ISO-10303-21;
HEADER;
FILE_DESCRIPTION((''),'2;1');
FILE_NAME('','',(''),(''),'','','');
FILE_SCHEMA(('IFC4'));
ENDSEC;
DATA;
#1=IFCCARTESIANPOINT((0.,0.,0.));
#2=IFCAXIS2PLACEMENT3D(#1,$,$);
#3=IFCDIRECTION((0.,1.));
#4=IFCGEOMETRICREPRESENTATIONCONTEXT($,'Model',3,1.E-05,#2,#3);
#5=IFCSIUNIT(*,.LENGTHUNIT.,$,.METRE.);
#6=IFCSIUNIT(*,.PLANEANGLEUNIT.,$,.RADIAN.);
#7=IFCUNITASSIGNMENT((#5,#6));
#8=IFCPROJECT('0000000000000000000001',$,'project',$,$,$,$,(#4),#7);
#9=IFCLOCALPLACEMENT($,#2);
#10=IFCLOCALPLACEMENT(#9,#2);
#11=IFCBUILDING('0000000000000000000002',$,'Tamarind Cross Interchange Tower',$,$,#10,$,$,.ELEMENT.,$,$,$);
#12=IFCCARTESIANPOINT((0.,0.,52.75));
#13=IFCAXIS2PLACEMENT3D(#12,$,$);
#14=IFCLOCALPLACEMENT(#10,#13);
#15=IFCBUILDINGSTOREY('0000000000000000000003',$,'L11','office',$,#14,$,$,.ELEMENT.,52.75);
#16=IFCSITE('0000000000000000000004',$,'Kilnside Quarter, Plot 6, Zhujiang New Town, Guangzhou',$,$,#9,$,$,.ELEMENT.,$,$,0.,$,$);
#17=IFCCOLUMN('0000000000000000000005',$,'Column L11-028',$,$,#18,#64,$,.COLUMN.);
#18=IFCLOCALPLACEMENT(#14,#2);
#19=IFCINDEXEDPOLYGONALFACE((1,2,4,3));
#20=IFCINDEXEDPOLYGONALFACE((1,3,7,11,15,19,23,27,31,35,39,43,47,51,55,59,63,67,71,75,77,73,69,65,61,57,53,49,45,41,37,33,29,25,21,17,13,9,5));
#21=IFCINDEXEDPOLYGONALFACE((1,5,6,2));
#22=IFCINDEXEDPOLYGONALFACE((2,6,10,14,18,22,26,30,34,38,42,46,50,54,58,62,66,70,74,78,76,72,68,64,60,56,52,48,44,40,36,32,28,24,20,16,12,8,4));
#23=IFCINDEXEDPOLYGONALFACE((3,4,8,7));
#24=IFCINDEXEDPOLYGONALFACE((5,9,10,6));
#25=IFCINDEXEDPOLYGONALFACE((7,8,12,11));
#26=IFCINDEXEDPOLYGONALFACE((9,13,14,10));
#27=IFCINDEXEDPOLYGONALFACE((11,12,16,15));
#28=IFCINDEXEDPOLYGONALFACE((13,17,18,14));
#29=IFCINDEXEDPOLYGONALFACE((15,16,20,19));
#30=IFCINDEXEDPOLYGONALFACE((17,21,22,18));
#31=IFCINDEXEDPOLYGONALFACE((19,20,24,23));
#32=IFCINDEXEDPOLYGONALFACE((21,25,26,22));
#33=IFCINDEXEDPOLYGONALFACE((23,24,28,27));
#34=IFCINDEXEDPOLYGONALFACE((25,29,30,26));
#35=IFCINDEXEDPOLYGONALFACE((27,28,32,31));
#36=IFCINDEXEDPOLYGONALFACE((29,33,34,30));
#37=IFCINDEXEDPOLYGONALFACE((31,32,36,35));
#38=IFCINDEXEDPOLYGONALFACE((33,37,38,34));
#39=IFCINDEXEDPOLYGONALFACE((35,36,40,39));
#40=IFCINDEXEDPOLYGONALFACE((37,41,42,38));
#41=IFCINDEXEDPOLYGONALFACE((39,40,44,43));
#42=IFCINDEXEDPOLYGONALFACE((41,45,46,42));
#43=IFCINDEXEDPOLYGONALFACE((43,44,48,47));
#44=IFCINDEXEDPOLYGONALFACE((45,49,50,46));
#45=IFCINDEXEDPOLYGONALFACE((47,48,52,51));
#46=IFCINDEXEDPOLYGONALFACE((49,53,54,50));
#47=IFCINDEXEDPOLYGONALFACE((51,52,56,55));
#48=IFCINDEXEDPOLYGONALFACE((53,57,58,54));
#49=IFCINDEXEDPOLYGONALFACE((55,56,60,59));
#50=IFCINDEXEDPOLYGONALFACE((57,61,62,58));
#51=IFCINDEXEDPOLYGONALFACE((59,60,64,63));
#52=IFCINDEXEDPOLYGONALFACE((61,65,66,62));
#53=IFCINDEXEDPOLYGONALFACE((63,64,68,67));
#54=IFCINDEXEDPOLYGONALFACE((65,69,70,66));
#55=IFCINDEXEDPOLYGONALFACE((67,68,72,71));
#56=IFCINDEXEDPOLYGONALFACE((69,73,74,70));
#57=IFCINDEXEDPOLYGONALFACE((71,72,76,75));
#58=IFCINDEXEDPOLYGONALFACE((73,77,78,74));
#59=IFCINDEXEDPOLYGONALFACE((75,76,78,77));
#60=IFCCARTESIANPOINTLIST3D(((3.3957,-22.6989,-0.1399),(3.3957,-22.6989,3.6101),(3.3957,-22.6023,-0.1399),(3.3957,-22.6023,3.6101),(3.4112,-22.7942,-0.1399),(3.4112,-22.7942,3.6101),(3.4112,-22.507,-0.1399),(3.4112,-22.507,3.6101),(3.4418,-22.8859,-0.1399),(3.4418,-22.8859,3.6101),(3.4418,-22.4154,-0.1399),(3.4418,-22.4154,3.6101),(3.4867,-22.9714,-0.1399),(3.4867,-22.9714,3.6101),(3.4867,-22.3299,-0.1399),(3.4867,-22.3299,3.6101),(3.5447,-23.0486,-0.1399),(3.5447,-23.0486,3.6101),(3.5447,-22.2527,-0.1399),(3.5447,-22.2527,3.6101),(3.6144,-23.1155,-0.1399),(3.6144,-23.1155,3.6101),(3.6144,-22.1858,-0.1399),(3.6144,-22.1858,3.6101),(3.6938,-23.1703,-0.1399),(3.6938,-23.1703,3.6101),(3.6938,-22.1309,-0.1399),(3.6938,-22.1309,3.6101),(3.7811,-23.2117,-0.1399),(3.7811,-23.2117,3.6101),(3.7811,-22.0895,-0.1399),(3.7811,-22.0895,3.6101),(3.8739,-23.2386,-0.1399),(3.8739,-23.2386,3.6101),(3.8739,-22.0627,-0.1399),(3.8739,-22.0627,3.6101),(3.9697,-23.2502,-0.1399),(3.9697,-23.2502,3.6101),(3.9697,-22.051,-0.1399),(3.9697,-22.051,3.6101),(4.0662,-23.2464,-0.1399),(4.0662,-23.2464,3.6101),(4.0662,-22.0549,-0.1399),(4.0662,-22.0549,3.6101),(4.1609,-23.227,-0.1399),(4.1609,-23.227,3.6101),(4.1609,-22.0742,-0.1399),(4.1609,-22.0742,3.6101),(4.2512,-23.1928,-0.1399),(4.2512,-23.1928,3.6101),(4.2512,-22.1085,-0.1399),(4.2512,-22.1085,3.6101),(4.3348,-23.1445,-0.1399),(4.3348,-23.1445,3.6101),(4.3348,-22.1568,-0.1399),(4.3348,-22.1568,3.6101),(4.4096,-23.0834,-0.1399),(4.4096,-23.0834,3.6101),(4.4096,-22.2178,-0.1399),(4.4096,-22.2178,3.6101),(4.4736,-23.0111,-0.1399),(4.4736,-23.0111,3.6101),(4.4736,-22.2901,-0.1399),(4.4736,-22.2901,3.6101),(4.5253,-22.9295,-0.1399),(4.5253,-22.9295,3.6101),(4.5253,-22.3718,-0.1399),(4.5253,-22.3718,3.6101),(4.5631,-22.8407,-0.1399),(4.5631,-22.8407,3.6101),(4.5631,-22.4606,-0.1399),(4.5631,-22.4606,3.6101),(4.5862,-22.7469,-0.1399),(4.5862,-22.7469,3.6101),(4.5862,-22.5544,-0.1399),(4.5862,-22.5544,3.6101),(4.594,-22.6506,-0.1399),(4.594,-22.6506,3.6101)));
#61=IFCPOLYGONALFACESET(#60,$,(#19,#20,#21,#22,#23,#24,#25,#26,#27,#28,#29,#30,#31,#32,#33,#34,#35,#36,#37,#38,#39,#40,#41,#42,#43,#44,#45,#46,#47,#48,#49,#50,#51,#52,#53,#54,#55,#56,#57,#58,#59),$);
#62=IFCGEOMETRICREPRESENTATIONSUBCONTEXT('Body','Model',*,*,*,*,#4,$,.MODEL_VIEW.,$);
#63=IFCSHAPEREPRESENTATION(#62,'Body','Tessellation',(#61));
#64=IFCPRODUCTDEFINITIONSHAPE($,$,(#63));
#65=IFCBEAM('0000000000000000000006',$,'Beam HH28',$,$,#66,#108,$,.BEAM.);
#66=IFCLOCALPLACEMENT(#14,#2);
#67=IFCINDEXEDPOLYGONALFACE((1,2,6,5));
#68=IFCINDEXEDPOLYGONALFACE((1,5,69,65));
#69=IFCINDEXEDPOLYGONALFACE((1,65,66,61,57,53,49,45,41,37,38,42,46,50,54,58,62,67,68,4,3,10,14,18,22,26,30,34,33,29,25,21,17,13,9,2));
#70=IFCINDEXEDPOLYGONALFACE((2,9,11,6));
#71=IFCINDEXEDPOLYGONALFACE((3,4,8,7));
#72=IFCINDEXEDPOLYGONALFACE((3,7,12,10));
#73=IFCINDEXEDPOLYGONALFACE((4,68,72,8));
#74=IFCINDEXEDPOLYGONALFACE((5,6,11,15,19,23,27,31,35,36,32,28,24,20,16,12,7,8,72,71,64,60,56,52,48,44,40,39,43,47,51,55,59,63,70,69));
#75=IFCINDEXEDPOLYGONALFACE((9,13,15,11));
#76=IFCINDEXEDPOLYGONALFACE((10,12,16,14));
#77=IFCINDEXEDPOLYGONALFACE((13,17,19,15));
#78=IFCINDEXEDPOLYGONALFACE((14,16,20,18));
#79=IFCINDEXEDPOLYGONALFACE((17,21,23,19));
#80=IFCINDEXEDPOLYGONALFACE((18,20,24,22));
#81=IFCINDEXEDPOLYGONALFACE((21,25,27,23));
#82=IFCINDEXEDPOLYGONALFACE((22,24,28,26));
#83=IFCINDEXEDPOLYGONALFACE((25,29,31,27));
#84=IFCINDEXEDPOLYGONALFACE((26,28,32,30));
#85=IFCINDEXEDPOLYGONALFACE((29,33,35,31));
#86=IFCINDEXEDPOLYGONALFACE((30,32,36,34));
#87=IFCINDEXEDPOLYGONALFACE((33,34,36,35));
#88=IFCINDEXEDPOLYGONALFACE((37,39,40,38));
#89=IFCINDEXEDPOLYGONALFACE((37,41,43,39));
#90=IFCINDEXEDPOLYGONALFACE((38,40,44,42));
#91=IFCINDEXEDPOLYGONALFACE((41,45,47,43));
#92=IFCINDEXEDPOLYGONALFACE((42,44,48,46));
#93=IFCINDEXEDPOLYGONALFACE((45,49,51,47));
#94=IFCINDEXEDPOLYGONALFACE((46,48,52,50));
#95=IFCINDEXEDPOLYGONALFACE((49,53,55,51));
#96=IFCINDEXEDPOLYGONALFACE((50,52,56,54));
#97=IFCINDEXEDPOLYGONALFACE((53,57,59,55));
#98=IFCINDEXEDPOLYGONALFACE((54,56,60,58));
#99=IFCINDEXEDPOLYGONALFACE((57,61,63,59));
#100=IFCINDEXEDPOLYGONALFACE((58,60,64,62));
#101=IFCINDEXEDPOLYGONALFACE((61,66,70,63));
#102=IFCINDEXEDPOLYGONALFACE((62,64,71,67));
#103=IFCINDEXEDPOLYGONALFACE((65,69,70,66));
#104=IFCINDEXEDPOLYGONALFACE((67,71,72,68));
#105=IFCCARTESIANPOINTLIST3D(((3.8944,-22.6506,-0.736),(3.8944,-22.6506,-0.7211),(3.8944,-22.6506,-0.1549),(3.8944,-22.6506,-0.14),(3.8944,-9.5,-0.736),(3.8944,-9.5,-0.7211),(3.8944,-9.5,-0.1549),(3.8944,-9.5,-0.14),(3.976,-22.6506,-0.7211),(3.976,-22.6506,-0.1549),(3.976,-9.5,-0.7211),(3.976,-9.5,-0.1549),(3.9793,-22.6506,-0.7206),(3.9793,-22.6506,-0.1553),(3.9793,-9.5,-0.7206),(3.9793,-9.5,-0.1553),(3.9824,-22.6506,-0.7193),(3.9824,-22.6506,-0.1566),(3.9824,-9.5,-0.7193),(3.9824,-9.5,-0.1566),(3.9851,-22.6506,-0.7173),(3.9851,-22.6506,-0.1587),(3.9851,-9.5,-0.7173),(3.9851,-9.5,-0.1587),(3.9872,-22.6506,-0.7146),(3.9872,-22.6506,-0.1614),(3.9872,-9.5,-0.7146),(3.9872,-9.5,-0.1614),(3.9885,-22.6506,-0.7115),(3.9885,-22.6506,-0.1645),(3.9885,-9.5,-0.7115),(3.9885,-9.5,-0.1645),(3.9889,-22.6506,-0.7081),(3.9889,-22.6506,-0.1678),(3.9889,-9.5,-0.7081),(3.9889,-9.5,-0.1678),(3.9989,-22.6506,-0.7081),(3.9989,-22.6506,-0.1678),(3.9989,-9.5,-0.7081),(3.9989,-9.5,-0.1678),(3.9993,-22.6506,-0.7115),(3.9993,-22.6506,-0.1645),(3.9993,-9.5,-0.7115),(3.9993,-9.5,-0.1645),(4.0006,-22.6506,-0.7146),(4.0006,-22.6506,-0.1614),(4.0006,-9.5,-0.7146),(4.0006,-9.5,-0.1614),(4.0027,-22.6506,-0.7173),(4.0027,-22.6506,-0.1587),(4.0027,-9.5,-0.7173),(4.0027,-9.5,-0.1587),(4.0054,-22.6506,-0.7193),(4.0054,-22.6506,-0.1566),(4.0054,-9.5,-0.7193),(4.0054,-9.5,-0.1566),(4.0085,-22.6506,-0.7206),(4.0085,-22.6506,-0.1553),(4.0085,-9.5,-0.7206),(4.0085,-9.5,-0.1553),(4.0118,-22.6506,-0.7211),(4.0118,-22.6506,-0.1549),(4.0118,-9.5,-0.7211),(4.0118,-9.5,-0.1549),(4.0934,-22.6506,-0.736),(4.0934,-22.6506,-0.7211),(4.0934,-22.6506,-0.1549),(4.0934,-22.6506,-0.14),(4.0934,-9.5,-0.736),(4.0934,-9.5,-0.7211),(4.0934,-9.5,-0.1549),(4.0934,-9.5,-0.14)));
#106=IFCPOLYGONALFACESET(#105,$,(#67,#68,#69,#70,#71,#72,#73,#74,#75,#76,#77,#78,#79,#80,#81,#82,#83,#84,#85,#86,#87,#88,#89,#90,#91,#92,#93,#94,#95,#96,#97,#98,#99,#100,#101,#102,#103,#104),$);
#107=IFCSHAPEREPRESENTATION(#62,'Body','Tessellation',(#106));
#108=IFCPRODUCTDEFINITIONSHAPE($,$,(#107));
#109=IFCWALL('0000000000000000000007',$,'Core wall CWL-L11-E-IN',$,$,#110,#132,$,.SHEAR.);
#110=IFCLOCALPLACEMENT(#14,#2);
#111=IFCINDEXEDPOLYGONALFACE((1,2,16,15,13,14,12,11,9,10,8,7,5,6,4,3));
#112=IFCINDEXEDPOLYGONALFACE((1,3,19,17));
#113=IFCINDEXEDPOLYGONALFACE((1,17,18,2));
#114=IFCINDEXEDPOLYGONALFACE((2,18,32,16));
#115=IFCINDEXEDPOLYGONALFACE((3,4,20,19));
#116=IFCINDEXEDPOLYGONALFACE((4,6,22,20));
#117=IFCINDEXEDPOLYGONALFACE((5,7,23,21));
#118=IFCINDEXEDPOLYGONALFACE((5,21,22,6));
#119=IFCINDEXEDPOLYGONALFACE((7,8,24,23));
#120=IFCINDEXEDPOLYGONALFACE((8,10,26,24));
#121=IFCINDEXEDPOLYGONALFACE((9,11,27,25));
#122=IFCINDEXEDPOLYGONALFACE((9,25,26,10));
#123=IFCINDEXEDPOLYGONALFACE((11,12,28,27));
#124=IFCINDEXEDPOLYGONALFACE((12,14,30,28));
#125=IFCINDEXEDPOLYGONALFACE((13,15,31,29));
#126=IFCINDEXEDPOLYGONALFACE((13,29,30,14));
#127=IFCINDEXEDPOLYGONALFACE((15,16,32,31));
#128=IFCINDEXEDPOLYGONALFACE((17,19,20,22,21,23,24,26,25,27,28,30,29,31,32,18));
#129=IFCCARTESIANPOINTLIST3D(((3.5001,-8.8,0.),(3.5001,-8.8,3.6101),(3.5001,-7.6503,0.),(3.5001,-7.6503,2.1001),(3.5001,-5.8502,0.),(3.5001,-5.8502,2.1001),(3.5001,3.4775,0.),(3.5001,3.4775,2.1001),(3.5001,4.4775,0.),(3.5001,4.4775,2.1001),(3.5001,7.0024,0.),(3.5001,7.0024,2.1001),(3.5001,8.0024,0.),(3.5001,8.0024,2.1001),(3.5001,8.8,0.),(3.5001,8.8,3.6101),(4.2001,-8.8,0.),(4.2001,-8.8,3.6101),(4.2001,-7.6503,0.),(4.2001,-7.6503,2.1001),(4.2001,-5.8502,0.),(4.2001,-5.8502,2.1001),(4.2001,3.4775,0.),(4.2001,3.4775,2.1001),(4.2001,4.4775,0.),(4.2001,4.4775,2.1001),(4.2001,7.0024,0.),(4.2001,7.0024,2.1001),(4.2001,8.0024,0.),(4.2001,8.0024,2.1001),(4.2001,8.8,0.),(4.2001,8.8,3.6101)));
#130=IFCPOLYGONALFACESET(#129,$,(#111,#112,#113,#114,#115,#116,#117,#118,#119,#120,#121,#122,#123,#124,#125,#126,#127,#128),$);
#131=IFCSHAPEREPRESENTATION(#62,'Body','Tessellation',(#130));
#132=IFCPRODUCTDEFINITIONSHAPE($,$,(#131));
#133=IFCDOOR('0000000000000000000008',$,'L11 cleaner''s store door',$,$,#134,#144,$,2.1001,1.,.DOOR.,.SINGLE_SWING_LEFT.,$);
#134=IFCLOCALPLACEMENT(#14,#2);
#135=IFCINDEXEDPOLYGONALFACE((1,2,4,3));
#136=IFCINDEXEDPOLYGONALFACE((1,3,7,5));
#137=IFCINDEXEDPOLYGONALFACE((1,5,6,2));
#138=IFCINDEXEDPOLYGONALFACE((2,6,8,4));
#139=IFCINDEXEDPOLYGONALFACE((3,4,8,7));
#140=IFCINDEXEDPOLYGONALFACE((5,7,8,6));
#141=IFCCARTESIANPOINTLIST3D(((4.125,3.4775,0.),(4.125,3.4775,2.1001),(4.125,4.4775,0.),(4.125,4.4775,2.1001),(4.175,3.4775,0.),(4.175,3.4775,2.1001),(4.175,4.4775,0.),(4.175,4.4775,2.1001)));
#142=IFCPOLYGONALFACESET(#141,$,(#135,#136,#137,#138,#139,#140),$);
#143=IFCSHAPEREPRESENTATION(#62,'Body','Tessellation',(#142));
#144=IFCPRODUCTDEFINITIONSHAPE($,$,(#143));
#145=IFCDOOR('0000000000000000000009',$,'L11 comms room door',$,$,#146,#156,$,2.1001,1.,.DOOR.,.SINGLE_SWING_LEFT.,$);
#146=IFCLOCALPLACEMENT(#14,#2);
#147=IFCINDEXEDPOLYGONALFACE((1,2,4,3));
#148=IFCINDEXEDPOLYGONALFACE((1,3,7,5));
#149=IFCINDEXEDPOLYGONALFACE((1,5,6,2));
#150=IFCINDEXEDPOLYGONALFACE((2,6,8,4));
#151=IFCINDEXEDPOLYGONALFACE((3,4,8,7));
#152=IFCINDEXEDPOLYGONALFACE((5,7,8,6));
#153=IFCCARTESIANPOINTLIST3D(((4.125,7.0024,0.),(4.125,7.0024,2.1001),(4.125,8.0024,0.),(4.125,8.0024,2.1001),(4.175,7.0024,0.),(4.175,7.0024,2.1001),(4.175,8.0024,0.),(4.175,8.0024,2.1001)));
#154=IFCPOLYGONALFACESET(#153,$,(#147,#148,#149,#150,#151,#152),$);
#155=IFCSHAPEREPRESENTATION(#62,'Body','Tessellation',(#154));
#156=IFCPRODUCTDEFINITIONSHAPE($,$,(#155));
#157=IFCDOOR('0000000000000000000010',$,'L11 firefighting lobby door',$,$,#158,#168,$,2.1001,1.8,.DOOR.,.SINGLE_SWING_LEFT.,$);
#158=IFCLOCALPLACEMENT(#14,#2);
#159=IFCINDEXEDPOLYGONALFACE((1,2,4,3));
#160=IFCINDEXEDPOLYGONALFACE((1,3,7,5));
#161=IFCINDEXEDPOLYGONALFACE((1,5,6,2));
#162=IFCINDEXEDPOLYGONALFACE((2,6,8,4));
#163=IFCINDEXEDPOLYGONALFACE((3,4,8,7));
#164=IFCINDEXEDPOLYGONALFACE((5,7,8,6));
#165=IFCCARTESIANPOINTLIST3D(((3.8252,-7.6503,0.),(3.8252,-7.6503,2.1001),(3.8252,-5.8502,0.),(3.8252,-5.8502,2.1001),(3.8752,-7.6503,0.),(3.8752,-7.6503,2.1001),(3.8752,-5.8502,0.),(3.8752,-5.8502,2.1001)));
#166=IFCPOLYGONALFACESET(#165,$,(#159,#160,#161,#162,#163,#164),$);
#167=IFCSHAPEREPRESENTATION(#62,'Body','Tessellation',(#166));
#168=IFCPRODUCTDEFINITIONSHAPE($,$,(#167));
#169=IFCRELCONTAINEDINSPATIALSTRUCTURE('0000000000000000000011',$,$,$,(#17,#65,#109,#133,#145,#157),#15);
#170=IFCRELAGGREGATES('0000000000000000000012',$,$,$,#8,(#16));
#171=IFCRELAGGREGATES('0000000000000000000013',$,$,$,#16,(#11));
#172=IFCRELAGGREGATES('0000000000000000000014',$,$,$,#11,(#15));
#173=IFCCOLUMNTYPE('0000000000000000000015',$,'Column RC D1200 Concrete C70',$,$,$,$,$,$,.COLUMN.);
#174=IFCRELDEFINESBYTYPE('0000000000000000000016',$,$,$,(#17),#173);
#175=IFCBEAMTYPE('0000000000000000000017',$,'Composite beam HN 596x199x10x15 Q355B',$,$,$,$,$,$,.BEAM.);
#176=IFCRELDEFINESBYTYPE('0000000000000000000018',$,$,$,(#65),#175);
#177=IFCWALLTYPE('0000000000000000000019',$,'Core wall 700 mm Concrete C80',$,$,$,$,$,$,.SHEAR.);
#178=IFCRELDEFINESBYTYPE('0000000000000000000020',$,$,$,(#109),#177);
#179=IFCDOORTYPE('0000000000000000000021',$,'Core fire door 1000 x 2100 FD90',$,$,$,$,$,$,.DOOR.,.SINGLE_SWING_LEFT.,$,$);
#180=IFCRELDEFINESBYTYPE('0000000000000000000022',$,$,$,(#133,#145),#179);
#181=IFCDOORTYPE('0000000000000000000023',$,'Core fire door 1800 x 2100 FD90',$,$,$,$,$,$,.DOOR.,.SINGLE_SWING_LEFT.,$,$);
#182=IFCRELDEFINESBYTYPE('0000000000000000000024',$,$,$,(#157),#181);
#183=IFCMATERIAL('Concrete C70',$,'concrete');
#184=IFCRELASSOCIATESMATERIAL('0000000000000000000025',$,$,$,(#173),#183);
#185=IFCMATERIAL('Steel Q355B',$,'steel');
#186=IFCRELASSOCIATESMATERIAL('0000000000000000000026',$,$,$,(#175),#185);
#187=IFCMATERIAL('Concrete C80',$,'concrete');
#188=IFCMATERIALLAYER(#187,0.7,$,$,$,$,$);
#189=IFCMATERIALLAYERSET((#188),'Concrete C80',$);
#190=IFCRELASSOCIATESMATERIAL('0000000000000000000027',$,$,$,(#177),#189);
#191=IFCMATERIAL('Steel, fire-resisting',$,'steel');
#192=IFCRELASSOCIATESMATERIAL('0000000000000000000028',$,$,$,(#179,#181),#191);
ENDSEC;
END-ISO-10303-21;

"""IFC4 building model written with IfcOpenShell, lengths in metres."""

from ifc_helpers import new_model, si_unit, direction, frame, frame_2d, origin, origin_2d, place, context, subcontext, project, spatial, rectangle, circle, i_section, extrude, material, layer, layer_set, material_profile, profile_set, type_object, element, fill, save


model = new_model("IFC4")

# Units and contexts
model_context = context("Model", 3, precision=1e-05, world=origin(), true_north=direction((0.0, 1.0)))
body_context = subcontext(model_context, "Body", "Model", "MODEL_VIEW")
ifc_project = project(units=[si_unit("LENGTHUNIT", "METRE"), si_unit("PLANEANGLEUNIT", "RADIAN")], contexts=[model_context])

# Site, building, storey
site_placement = place(None, origin())
site = spatial("IfcSite", under=ifc_project, at=site_placement, Name="Kilnside Quarter, Plot 6, Zhujiang New Town, Guangzhou", CompositionType="ELEMENT", RefElevation=0.0)
building_placement = place(site_placement, origin())
building = spatial("IfcBuilding", under=site, at=building_placement, Name="Tamarind Cross Interchange Tower", CompositionType="ELEMENT")
storey_placement = place(building_placement, frame((0.0, 0.0, 52.75)))
storey = spatial("IfcBuildingStorey", under=building, at=storey_placement, Name="L11", Description="office", CompositionType="ELEMENT", Elevation=52.75)

# Column
ifc_material_1 = material(Name="Concrete C70", Category="concrete")
ifc_material_profile_1 = material_profile(ifc_material_1, circle(Radius=0.6001, at=origin_2d()), Name="RC D1200")
ifc_profile_set_1 = profile_set([ifc_material_profile_1], Name="Concrete C70")
column_type = type_object("IfcColumnType", Name="Column RC D1200 Concrete C70", PredefinedType="COLUMN", material=ifc_profile_set_1)
column_placement = place(storey_placement, frame((3.9939, -22.6506, -0.1399), z_axis=(0.0, 0.0, 1.0), x_axis=(1.0, 0.0, 0.0)))
element("IfcColumn", 1, at=column_placement, inside=storey, type_object=column_type, Name="Column L11-028", PredefinedType="COLUMN", context=body_context, shape_type="SweptSolid", body=[
    extrude(circle(Radius=0.6001, at=origin_2d()), origin(), (0.0, 0.0, 1.0), 3.75),
])

# Beam
ifc_material_2 = material(Name="Steel Q355B", Category="steel")
ifc_material_profile_2 = material_profile(ifc_material_2, i_section(OverallWidth=0.199, OverallDepth=0.5959, WebThickness=0.01, FlangeThickness=0.0149, FilletRadius=0.0129, at=origin_2d()), Name="HN 596x199x10x15")
ifc_profile_set_2 = profile_set([ifc_material_profile_2], Name="Steel Q355B")
beam_type = type_object("IfcBeamType", Name="Composite beam HN 596x199x10x15 Q355B", PredefinedType="BEAM", material=ifc_profile_set_2)
beam_placement = place(storey_placement, frame((3.9939, -22.6506, -0.438), z_axis=(0.0, 1.0, 0.0), x_axis=(-1.0, 0.0, 0.0)))
element("IfcBeam", 2, at=beam_placement, inside=storey, type_object=beam_type, Name="Beam HH28", PredefinedType="BEAM", context=body_context, shape_type="SweptSolid", body=[
    extrude(i_section(OverallWidth=0.199, OverallDepth=0.5959, WebThickness=0.01, FlangeThickness=0.0149, FilletRadius=0.0129, at=origin_2d()), origin(), (0.0, 0.0, 1.0), 13.1506),
])

# Wall, openings, doors
ifc_material_3 = material(Name="Concrete C80", Category="concrete")
ifc_layer_1 = layer(ifc_material_3, 0.7)
ifc_layer_set_1 = layer_set([ifc_layer_1], Name="Concrete C80")
wall_type_1 = type_object("IfcWallType", Name="Core wall 700 mm Concrete C80", PredefinedType="SHEAR", material=ifc_layer_set_1)
wall_1_placement = place(storey_placement, frame((3.8501, -8.8, 0.0), z_axis=(0.0, 0.0, 1.0), x_axis=(0.0, 1.0, 0.0)))
wall_1 = element("IfcWall", 3, at=wall_1_placement, inside=storey, type_object=wall_type_1, Name="Core wall CWL-L11-E-IN", PredefinedType="SHEAR", context=body_context, shape_type="SweptSolid", body=[
    extrude(rectangle(XDim=17.6001, YDim=0.7, at=frame_2d((8.8, 0.0))), origin(), (0.0, 0.0, 1.0), 3.6101),
])
opening_1_placement = place(wall_1_placement, frame((1.1499, 0.0, 0.0)))
opening_1 = element("IfcOpeningElement", 4, at=opening_1_placement, cuts=wall_1, PredefinedType="OPENING", context=body_context, shape_type="SweptSolid", body=[
    extrude(rectangle(XDim=1.8, YDim=2.1001, at=frame_2d((0.8999, 1.05))), frame((0.0, 0.3599, 0.0), z_axis=(0.0, -1.0, 0.0), x_axis=(1.0, 0.0, 0.0)), (0.0, 0.0, 1.0), 0.72),
])
opening_2_placement = place(wall_1_placement, frame((12.2776, 0.0, 0.0)))
opening_2 = element("IfcOpeningElement", 5, at=opening_2_placement, cuts=wall_1, PredefinedType="OPENING", context=body_context, shape_type="SweptSolid", body=[
    extrude(rectangle(XDim=1.0, YDim=2.1001, at=frame_2d((0.5, 1.05))), frame((0.0, 0.3599, 0.0), z_axis=(0.0, -1.0, 0.0), x_axis=(1.0, 0.0, 0.0)), (0.0, 0.0, 1.0), 0.72),
])
opening_3_placement = place(wall_1_placement, frame((15.8025, 0.0, 0.0)))
opening_3 = element("IfcOpeningElement", 6, at=opening_3_placement, cuts=wall_1, PredefinedType="OPENING", context=body_context, shape_type="SweptSolid", body=[
    extrude(rectangle(XDim=1.0, YDim=2.1001, at=frame_2d((0.5, 1.05))), frame((0.0, 0.3599, 0.0), z_axis=(0.0, -1.0, 0.0), x_axis=(1.0, 0.0, 0.0)), (0.0, 0.0, 1.0), 0.72),
])
ifc_material_4 = material(Name="Steel, fire-resisting", Category="steel")
door_type_1 = type_object("IfcDoorType", Name="Core fire door 1000 x 2100 FD90", OperationType="SINGLE_SWING_LEFT", PredefinedType="DOOR", material=ifc_material_4)
door_1_placement = place(opening_2_placement, origin())
door_1 = element("IfcDoor", 7, at=door_1_placement, inside=storey, type_object=door_type_1, Name="L11 cleaner's store door", OperationType="SINGLE_SWING_LEFT", OverallHeight=2.1001, OverallWidth=1.0, PredefinedType="DOOR", context=body_context, shape_type="SweptSolid", body=[
    extrude(rectangle(XDim=1.0, YDim=2.1001, at=frame_2d((0.5, 1.05))), frame((0.0, -0.2749, 0.0), z_axis=(0.0, -1.0, 0.0), x_axis=(1.0, 0.0, 0.0)), (0.0, 0.0, 1.0), 0.05),
])
fill(opening_2, door_1)
door_2_placement = place(opening_3_placement, origin())
door_2 = element("IfcDoor", 8, at=door_2_placement, inside=storey, type_object=door_type_1, Name="L11 comms room door", OperationType="SINGLE_SWING_LEFT", OverallHeight=2.1001, OverallWidth=1.0, PredefinedType="DOOR", context=body_context, shape_type="SweptSolid", body=[
    extrude(rectangle(XDim=1.0, YDim=2.1001, at=frame_2d((0.5, 1.05))), frame((0.0, -0.2749, 0.0), z_axis=(0.0, -1.0, 0.0), x_axis=(1.0, 0.0, 0.0)), (0.0, 0.0, 1.0), 0.05),
])
fill(opening_3, door_2)
door_type_2 = type_object("IfcDoorType", Name="Core fire door 1800 x 2100 FD90", OperationType="SINGLE_SWING_LEFT", PredefinedType="DOOR", material=ifc_material_4)
door_3_placement = place(opening_1_placement, origin())
door_3 = element("IfcDoor", 9, at=door_3_placement, inside=storey, type_object=door_type_2, Name="L11 firefighting lobby door", OperationType="SINGLE_SWING_LEFT", OverallHeight=2.1001, OverallWidth=1.8, PredefinedType="DOOR", context=body_context, shape_type="SweptSolid", body=[
    extrude(rectangle(XDim=1.8, YDim=2.1001, at=frame_2d((0.8999, 1.05))), frame((0.0, 0.0249, 0.0), z_axis=(0.0, -1.0, 0.0), x_axis=(1.0, 0.0, 0.0)), (0.0, 0.0, 1.0), 0.05),
])
fill(opening_1, door_3)

save(model, "model.ifc")
